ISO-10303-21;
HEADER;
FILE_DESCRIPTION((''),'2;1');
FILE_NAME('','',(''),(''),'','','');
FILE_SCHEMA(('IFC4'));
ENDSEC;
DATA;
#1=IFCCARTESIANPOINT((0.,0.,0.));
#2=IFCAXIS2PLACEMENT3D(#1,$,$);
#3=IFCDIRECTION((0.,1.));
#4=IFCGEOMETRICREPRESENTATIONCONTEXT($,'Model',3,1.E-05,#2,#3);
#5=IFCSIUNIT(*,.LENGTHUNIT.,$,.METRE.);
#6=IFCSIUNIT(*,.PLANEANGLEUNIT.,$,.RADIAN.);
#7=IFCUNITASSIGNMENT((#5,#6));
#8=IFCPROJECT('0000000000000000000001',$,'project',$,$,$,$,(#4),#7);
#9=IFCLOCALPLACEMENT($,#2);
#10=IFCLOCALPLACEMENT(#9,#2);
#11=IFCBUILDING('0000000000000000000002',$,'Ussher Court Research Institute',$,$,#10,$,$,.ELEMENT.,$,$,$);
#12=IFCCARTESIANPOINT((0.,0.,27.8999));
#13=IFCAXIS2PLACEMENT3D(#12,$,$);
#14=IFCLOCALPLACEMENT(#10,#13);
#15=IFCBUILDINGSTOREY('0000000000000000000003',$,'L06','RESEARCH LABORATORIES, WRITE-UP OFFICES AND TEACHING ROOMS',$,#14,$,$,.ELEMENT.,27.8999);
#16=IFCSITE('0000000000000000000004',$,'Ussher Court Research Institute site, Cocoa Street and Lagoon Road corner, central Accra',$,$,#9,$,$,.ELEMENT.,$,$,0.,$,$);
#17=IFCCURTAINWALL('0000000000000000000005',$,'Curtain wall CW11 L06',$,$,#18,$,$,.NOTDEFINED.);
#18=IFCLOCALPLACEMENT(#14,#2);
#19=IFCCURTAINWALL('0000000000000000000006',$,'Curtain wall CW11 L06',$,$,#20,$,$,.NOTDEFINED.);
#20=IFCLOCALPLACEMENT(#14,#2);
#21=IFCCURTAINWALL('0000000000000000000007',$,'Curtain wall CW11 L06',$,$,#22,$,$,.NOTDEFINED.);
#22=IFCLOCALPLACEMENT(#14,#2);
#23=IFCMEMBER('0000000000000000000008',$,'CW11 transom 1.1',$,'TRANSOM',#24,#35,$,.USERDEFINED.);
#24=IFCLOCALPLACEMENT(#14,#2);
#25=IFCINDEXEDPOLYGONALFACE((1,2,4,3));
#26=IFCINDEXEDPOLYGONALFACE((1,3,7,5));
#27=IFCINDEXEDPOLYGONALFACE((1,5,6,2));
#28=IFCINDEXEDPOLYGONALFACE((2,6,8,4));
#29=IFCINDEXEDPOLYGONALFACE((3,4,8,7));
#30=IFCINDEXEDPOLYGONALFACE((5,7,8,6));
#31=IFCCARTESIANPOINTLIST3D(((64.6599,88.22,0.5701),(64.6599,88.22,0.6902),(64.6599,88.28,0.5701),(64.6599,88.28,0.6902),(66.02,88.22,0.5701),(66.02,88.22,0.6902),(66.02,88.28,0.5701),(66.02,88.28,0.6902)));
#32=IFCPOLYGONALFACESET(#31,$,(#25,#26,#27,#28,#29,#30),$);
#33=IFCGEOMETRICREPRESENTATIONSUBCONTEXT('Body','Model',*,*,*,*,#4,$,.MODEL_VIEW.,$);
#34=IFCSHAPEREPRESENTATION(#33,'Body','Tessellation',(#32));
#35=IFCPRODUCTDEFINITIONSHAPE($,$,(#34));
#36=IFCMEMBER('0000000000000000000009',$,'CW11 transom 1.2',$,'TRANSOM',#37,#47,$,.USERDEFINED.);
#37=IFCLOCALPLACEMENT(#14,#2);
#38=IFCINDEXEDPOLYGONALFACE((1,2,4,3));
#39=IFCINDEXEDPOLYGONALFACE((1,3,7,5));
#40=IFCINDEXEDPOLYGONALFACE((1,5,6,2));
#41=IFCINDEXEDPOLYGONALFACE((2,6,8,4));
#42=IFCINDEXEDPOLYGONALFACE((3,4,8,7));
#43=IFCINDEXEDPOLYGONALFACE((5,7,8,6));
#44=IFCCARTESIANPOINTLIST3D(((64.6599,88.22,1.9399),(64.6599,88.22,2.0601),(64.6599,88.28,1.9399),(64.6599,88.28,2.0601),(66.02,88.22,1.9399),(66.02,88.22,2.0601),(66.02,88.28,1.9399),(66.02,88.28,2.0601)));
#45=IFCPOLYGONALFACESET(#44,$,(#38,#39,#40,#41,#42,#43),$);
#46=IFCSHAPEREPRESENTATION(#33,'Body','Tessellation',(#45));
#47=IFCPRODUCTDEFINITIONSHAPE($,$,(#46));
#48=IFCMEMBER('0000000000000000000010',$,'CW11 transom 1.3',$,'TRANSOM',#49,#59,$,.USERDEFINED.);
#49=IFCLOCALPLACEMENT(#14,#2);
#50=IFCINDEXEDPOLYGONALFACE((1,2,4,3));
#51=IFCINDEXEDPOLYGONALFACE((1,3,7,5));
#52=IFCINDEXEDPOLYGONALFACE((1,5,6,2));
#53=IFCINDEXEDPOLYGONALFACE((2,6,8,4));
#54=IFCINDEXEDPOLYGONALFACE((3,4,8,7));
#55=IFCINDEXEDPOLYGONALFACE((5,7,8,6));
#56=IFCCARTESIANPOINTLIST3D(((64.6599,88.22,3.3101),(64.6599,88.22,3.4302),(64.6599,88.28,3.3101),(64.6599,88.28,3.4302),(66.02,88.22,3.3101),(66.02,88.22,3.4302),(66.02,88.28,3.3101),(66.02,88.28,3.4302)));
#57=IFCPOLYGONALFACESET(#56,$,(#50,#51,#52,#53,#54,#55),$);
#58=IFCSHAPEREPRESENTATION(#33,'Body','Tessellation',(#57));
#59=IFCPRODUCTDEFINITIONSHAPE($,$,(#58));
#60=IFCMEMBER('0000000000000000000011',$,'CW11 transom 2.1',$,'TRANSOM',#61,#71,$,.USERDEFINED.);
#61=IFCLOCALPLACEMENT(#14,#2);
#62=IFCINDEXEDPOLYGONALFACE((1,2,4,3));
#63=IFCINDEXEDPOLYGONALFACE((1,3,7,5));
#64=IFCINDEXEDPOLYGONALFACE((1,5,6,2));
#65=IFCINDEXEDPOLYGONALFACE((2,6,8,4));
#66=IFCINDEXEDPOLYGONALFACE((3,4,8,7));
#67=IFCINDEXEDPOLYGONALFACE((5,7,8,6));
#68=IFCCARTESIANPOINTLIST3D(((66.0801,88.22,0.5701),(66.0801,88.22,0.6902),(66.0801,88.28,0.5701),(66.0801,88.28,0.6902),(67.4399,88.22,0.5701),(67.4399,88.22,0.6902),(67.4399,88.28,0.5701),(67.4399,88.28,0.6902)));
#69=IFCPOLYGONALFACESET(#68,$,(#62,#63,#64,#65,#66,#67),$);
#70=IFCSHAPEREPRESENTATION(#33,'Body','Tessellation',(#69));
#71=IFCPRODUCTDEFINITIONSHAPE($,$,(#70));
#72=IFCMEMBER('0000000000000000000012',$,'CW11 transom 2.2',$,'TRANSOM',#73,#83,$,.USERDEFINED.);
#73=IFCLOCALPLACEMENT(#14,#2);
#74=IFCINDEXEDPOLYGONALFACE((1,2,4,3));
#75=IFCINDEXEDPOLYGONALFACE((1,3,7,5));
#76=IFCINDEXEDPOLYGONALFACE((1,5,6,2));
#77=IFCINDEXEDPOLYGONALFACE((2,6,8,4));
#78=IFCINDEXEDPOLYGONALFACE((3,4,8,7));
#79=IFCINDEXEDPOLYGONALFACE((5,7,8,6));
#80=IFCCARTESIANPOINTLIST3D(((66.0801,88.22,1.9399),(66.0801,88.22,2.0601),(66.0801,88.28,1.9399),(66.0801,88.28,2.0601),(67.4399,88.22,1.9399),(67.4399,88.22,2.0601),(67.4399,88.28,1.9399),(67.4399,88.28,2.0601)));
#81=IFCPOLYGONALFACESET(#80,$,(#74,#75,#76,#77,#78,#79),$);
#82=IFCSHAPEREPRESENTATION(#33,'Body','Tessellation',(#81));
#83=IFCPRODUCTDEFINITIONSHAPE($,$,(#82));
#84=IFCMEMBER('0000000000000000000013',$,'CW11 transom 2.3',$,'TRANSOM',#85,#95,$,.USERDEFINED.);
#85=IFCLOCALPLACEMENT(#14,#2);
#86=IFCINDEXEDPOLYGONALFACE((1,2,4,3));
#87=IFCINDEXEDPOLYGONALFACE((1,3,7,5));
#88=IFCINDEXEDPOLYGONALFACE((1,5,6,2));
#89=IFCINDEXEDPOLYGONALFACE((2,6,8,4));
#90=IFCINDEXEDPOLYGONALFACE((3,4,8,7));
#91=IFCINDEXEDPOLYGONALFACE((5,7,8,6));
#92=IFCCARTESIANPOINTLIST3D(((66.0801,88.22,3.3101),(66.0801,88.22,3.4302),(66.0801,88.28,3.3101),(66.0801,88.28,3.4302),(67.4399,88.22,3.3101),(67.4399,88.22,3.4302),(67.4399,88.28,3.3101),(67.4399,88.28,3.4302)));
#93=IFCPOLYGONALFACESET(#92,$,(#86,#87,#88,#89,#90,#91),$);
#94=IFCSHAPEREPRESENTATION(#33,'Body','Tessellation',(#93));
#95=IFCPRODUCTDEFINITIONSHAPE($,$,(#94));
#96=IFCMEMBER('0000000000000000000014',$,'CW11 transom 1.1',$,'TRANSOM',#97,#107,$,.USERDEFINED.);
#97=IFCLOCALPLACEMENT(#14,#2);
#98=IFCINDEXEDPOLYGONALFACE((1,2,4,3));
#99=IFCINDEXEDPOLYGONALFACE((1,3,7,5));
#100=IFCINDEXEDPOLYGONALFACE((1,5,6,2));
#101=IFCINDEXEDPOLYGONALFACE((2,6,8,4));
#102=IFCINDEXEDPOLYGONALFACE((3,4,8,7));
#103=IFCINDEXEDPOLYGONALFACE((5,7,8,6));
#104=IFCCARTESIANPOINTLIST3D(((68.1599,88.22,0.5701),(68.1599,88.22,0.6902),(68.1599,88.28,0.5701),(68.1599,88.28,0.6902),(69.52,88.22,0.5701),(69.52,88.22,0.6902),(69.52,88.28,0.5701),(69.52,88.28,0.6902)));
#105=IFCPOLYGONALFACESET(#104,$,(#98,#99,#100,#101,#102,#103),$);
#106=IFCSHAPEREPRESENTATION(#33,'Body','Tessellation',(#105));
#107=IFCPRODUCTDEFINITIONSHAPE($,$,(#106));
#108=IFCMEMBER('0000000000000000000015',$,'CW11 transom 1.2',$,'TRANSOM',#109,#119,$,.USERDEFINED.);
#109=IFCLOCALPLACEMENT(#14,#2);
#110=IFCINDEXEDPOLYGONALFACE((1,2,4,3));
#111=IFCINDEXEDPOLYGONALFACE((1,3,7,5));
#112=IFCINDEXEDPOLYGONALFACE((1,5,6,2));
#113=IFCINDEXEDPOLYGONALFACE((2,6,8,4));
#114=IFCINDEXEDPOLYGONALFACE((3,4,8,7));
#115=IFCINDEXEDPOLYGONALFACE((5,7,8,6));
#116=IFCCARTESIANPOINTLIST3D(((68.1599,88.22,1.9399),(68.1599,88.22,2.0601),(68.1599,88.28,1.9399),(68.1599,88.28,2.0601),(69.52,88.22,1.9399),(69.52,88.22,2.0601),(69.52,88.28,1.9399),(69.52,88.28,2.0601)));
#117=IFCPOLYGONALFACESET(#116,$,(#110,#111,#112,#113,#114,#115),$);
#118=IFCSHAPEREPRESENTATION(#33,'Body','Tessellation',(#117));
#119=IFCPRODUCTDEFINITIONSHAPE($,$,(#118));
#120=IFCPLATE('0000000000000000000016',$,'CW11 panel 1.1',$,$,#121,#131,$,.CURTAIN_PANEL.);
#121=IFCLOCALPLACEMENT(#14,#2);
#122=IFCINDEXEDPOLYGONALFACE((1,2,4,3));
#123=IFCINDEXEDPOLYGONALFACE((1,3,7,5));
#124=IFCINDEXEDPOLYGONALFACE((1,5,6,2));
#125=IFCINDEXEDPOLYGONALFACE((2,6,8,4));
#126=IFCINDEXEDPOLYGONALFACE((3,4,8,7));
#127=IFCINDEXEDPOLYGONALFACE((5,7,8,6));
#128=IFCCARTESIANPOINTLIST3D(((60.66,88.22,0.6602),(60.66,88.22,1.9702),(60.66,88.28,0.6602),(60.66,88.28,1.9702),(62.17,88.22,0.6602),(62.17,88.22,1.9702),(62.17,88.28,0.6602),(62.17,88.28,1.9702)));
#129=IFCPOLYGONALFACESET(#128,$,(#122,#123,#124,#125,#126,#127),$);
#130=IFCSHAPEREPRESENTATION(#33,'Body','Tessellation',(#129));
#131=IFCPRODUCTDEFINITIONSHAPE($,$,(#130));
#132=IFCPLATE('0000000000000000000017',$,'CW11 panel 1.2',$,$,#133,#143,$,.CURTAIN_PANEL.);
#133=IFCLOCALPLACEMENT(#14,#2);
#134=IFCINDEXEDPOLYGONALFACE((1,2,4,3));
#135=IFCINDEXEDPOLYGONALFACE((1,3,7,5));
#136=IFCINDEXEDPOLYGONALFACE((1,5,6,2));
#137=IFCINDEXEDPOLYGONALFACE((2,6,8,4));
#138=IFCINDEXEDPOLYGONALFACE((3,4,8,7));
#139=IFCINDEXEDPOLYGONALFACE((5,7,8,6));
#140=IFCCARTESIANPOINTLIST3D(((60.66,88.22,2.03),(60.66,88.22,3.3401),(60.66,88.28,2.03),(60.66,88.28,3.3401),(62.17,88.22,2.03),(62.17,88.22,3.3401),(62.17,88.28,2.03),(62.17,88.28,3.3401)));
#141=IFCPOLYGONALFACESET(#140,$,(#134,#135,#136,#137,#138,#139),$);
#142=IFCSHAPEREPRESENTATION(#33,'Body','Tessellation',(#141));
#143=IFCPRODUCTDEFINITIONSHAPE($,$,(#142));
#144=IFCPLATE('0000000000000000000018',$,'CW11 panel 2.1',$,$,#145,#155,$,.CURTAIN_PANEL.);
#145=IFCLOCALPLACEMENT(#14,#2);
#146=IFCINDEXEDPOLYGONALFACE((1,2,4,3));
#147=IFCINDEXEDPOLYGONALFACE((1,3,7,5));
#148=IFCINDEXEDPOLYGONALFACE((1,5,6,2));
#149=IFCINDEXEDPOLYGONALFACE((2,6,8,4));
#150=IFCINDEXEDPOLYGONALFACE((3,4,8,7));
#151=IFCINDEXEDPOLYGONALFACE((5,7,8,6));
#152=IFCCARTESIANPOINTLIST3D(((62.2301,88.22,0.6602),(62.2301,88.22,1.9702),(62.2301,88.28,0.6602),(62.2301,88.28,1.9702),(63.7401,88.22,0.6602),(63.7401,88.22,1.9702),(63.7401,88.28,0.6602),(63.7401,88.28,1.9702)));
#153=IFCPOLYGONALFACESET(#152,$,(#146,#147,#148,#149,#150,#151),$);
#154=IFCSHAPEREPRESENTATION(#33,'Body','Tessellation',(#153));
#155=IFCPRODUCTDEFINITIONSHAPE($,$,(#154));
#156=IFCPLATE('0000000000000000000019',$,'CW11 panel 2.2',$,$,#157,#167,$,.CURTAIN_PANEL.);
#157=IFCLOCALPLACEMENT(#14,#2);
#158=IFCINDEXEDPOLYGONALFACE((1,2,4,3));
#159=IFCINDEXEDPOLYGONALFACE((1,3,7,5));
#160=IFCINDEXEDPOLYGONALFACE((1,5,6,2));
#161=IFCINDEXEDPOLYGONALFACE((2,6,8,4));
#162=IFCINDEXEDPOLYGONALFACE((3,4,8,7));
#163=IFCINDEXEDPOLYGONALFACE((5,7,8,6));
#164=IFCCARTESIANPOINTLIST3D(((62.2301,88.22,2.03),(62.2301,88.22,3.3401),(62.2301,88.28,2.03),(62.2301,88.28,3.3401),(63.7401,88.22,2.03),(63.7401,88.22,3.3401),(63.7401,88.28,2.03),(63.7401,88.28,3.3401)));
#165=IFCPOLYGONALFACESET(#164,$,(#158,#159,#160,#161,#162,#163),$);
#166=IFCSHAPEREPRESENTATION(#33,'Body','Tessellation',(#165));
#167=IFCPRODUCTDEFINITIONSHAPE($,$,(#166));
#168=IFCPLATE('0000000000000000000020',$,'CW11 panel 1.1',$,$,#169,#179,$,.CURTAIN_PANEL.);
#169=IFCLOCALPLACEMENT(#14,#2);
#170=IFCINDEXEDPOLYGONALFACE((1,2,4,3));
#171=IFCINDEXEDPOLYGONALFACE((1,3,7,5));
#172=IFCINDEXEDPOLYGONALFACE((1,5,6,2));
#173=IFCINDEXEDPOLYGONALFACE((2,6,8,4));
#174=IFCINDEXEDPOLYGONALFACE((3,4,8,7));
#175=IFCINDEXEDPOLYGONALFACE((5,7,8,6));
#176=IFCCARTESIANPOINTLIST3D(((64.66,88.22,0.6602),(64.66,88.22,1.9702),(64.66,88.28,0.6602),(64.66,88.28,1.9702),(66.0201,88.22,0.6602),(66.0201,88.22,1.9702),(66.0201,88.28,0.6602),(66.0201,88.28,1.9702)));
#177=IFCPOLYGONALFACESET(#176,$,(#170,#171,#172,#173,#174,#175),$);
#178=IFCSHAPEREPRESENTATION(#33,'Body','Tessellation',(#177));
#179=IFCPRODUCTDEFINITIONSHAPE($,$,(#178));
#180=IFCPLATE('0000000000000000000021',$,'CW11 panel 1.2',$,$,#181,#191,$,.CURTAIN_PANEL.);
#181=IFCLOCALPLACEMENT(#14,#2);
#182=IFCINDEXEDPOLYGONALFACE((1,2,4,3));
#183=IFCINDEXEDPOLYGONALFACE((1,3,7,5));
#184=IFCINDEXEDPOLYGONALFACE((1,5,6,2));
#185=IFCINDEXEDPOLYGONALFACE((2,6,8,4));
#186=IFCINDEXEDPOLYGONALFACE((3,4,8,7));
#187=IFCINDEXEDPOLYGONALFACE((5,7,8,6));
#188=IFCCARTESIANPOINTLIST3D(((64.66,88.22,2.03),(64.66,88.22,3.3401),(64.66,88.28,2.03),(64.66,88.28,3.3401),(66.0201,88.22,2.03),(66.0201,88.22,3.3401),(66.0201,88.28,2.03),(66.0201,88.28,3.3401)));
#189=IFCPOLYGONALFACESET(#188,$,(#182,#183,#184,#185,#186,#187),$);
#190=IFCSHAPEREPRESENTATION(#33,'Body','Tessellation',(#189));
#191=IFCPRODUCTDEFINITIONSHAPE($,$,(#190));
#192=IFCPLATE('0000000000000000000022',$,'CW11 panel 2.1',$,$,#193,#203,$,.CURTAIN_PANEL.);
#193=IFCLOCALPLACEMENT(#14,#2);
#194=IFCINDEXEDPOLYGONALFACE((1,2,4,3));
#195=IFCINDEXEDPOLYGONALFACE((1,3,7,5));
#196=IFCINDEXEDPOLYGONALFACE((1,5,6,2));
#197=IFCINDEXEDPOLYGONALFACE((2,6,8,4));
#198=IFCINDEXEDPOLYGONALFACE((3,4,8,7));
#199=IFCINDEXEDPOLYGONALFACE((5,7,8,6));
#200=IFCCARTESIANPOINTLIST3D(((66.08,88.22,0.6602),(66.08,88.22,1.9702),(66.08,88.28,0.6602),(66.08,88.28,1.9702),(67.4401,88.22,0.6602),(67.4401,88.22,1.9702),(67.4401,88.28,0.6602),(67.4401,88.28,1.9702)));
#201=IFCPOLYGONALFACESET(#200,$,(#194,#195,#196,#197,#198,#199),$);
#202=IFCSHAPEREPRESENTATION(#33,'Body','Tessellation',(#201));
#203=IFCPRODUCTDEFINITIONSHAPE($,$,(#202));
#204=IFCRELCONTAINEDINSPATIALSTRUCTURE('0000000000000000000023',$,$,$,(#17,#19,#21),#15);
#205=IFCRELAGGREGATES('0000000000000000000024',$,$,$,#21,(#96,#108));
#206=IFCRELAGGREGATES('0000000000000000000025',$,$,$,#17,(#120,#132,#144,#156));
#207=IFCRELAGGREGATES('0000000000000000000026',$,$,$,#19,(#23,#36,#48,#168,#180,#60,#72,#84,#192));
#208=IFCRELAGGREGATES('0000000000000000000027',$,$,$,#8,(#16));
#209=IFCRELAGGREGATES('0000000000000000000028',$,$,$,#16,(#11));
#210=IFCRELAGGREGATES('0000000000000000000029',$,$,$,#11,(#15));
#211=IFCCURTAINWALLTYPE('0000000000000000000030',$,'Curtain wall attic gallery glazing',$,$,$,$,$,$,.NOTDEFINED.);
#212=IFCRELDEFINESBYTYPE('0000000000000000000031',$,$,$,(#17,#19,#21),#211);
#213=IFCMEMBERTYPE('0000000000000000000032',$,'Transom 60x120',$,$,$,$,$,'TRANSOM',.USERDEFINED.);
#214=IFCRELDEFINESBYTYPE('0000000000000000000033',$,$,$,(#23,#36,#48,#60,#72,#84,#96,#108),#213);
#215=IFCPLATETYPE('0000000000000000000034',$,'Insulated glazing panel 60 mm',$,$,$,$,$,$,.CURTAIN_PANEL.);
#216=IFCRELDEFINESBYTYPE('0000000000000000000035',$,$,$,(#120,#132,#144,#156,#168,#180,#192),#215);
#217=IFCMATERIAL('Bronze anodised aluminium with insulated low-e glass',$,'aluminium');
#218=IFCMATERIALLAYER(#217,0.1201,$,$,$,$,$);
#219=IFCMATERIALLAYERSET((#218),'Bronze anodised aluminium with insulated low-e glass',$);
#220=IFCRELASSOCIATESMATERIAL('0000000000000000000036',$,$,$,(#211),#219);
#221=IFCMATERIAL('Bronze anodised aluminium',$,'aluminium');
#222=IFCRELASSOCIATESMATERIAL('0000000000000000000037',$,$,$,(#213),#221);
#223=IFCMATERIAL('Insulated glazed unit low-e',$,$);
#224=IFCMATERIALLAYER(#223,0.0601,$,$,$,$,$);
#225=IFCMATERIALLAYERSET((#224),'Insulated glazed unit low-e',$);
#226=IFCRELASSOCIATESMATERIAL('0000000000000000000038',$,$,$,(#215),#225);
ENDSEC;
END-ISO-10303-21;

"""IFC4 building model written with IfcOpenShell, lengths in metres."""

from ifc_helpers import new_model, si_unit, direction, frame, origin, origin_2d, place, context, subcontext, project, spatial, rectangle, extrude, material, layer, layer_set, material_profile, profile_set, type_object, element, aggregate, save


model = new_model("IFC4")

# Units and contexts
model_context = context("Model", 3, precision=1e-05, world=origin(), true_north=direction((0.0, 1.0)))
body_context = subcontext(model_context, "Body", "Model", "MODEL_VIEW")
ifc_project = project(units=[si_unit("LENGTHUNIT", "METRE"), si_unit("PLANEANGLEUNIT", "RADIAN")], contexts=[model_context])

# Site, building, storey
site_placement = place(None, origin())
site = spatial("IfcSite", under=ifc_project, at=site_placement, Name="Ussher Court Research Institute site, Cocoa Street and Lagoon Road corner, central Accra", CompositionType="ELEMENT", RefElevation=0.0)
building_placement = place(site_placement, origin())
building = spatial("IfcBuilding", under=site, at=building_placement, Name="Ussher Court Research Institute", CompositionType="ELEMENT")
storey_placement = place(building_placement, frame((0.0, 0.0, 27.8999)))
storey = spatial("IfcBuildingStorey", under=building, at=storey_placement, Name="L06", Description="RESEARCH LABORATORIES, WRITE-UP OFFICES AND TEACHING ROOMS", CompositionType="ELEMENT", Elevation=27.8999)

# Curtain walls
ifc_material_1 = material(Name="Bronze anodised aluminium with insulated low-e glass", Category="aluminium")
ifc_layer_1 = layer(ifc_material_1, 0.1201)
ifc_layer_set_1 = layer_set([ifc_layer_1], Name="Bronze anodised aluminium with insulated low-e glass")
curtain_wall_type = type_object("IfcCurtainWallType", Name="Curtain wall attic gallery glazing", PredefinedType="NOTDEFINED", material=ifc_layer_set_1)
curtain_wall_1_placement = place(storey_placement, origin())
curtain_wall_1 = element("IfcCurtainWall", 1, at=curtain_wall_1_placement, inside=storey, type_object=curtain_wall_type, Name="Curtain wall CW11 L06", PredefinedType="NOTDEFINED")
curtain_wall_2_placement = place(storey_placement, origin())
curtain_wall_2 = element("IfcCurtainWall", 2, at=curtain_wall_2_placement, inside=storey, type_object=curtain_wall_type, Name="Curtain wall CW11 L06", PredefinedType="NOTDEFINED")

# Curtain wall
curtain_wall_3_placement = place(storey_placement, origin())
curtain_wall_3 = element("IfcCurtainWall", 3, at=curtain_wall_3_placement, inside=storey, type_object=curtain_wall_type, Name="Curtain wall CW11 L06", PredefinedType="NOTDEFINED")

# Members
ifc_material_2 = material(Name="Bronze anodised aluminium", Category="aluminium")
ifc_material_profile_1 = material_profile(ifc_material_2, rectangle(XDim=0.0601, YDim=0.1201, at=origin_2d()), Name="Transom 60x120")
ifc_profile_set_1 = profile_set([ifc_material_profile_1], Name="Bronze anodised aluminium")
member_type_1 = type_object("IfcMemberType", Name="Transom 60x120", ElementType="TRANSOM", PredefinedType="USERDEFINED", material=ifc_profile_set_1)
member_1_placement = place(storey_placement, frame((64.6599, 88.25, 0.6301), z_axis=(1.0, 0.0, 0.0), x_axis=(0.0, 1.0, 0.0)))
member_1 = element("IfcMember", 4, at=member_1_placement, type_object=member_type_1, Name="CW11 transom 1.1", ObjectType="TRANSOM", PredefinedType="USERDEFINED", context=body_context, shape_type="SweptSolid", body=[
    extrude(rectangle(XDim=0.0601, YDim=0.1201, at=origin_2d()), origin(), (0.0, 0.0, 1.0), 1.3601),
])
member_2_placement = place(storey_placement, frame((64.6599, 88.25, 2.0), z_axis=(1.0, 0.0, 0.0), x_axis=(0.0, 1.0, 0.0)))
member_2 = element("IfcMember", 5, at=member_2_placement, type_object=member_type_1, Name="CW11 transom 1.2", ObjectType="TRANSOM", PredefinedType="USERDEFINED", context=body_context, shape_type="SweptSolid", body=[
    extrude(rectangle(XDim=0.0601, YDim=0.1201, at=origin_2d()), origin(), (0.0, 0.0, 1.0), 1.3601),
])
member_3_placement = place(storey_placement, frame((64.6599, 88.25, 3.3701), z_axis=(1.0, 0.0, 0.0), x_axis=(0.0, 1.0, 0.0)))
member_3 = element("IfcMember", 6, at=member_3_placement, type_object=member_type_1, Name="CW11 transom 1.3", ObjectType="TRANSOM", PredefinedType="USERDEFINED", context=body_context, shape_type="SweptSolid", body=[
    extrude(rectangle(XDim=0.0601, YDim=0.1201, at=origin_2d()), origin(), (0.0, 0.0, 1.0), 1.3601),
])
member_4_placement = place(storey_placement, frame((66.0801, 88.25, 0.6301), z_axis=(1.0, 0.0, 0.0), x_axis=(0.0, 1.0, 0.0)))
member_4 = element("IfcMember", 7, at=member_4_placement, type_object=member_type_1, Name="CW11 transom 2.1", ObjectType="TRANSOM", PredefinedType="USERDEFINED", context=body_context, shape_type="SweptSolid", body=[
    extrude(rectangle(XDim=0.0601, YDim=0.1201, at=origin_2d()), origin(), (0.0, 0.0, 1.0), 1.3599),
])
member_5_placement = place(storey_placement, frame((66.0801, 88.25, 2.0), z_axis=(1.0, 0.0, 0.0), x_axis=(0.0, 1.0, 0.0)))
member_5 = element("IfcMember", 8, at=member_5_placement, type_object=member_type_1, Name="CW11 transom 2.2", ObjectType="TRANSOM", PredefinedType="USERDEFINED", context=body_context, shape_type="SweptSolid", body=[
    extrude(rectangle(XDim=0.0601, YDim=0.1201, at=origin_2d()), origin(), (0.0, 0.0, 1.0), 1.3599),
])
member_6_placement = place(storey_placement, frame((66.0801, 88.25, 3.3701), z_axis=(1.0, 0.0, 0.0), x_axis=(0.0, 1.0, 0.0)))
member_6 = element("IfcMember", 9, at=member_6_placement, type_object=member_type_1, Name="CW11 transom 2.3", ObjectType="TRANSOM", PredefinedType="USERDEFINED", context=body_context, shape_type="SweptSolid", body=[
    extrude(rectangle(XDim=0.0601, YDim=0.1201, at=origin_2d()), origin(), (0.0, 0.0, 1.0), 1.3599),
])
member_7_placement = place(storey_placement, frame((68.1599, 88.25, 0.6301), z_axis=(1.0, 0.0, 0.0), x_axis=(0.0, 1.0, 0.0)))
member_7 = element("IfcMember", 10, at=member_7_placement, type_object=member_type_1, Name="CW11 transom 1.1", ObjectType="TRANSOM", PredefinedType="USERDEFINED", context=body_context, shape_type="SweptSolid", body=[
    extrude(rectangle(XDim=0.0601, YDim=0.1201, at=origin_2d()), origin(), (0.0, 0.0, 1.0), 1.3601),
])
member_8_placement = place(storey_placement, frame((68.1599, 88.25, 2.0), z_axis=(1.0, 0.0, 0.0), x_axis=(0.0, 1.0, 0.0)))
member_8 = element("IfcMember", 11, at=member_8_placement, type_object=member_type_1, Name="CW11 transom 1.2", ObjectType="TRANSOM", PredefinedType="USERDEFINED", context=body_context, shape_type="SweptSolid", body=[
    extrude(rectangle(XDim=0.0601, YDim=0.1201, at=origin_2d()), origin(), (0.0, 0.0, 1.0), 1.3601),
])
aggregate(curtain_wall_3, [member_7, member_8])

# Plates
ifc_material_3 = material(Name="Insulated glazed unit low-e")
ifc_layer_2 = layer(ifc_material_3, 0.0601)
ifc_layer_set_2 = layer_set([ifc_layer_2], Name="Insulated glazed unit low-e")
plate_type = type_object("IfcPlateType", Name="Insulated glazing panel 60 mm", PredefinedType="CURTAIN_PANEL", material=ifc_layer_set_2)
plate_1_placement = place(storey_placement, frame((61.415, 88.25, 0.6602), z_axis=(0.0, 0.0, 1.0), x_axis=(1.0, 0.0, 0.0)))
plate_1 = element("IfcPlate", 12, at=plate_1_placement, type_object=plate_type, Name="CW11 panel 1.1", PredefinedType="CURTAIN_PANEL", context=body_context, shape_type="SweptSolid", body=[
    extrude(rectangle(XDim=1.51, YDim=0.0601, at=origin_2d()), origin(), (0.0, 0.0, 1.0), 1.3101),
])
plate_2_placement = place(storey_placement, frame((61.415, 88.25, 2.03), z_axis=(0.0, 0.0, 1.0), x_axis=(1.0, 0.0, 0.0)))
plate_2 = element("IfcPlate", 13, at=plate_2_placement, type_object=plate_type, Name="CW11 panel 1.2", PredefinedType="CURTAIN_PANEL", context=body_context, shape_type="SweptSolid", body=[
    extrude(rectangle(XDim=1.51, YDim=0.0601, at=origin_2d()), origin(), (0.0, 0.0, 1.0), 1.3101),
])
plate_3_placement = place(storey_placement, frame((62.9851, 88.25, 0.6602), z_axis=(0.0, 0.0, 1.0), x_axis=(1.0, 0.0, 0.0)))
plate_3 = element("IfcPlate", 14, at=plate_3_placement, type_object=plate_type, Name="CW11 panel 2.1", PredefinedType="CURTAIN_PANEL", context=body_context, shape_type="SweptSolid", body=[
    extrude(rectangle(XDim=1.51, YDim=0.0601, at=origin_2d()), origin(), (0.0, 0.0, 1.0), 1.3101),
])
plate_4_placement = place(storey_placement, frame((62.9851, 88.25, 2.03), z_axis=(0.0, 0.0, 1.0), x_axis=(1.0, 0.0, 0.0)))
plate_4 = element("IfcPlate", 15, at=plate_4_placement, type_object=plate_type, Name="CW11 panel 2.2", PredefinedType="CURTAIN_PANEL", context=body_context, shape_type="SweptSolid", body=[
    extrude(rectangle(XDim=1.51, YDim=0.0601, at=origin_2d()), origin(), (0.0, 0.0, 1.0), 1.3101),
])
aggregate(curtain_wall_1, [plate_1, plate_2, plate_3, plate_4])
plate_5_placement = place(storey_placement, frame((65.3401, 88.25, 0.6602), z_axis=(0.0, 0.0, 1.0), x_axis=(1.0, 0.0, 0.0)))
plate_5 = element("IfcPlate", 16, at=plate_5_placement, type_object=plate_type, Name="CW11 panel 1.1", PredefinedType="CURTAIN_PANEL", context=body_context, shape_type="SweptSolid", body=[
    extrude(rectangle(XDim=1.3601, YDim=0.0601, at=origin_2d()), origin(), (0.0, 0.0, 1.0), 1.3101),
])
plate_6_placement = place(storey_placement, frame((65.3401, 88.25, 2.03), z_axis=(0.0, 0.0, 1.0), x_axis=(1.0, 0.0, 0.0)))
plate_6 = element("IfcPlate", 17, at=plate_6_placement, type_object=plate_type, Name="CW11 panel 1.2", PredefinedType="CURTAIN_PANEL", context=body_context, shape_type="SweptSolid", body=[
    extrude(rectangle(XDim=1.3601, YDim=0.0601, at=origin_2d()), origin(), (0.0, 0.0, 1.0), 1.3101),
])
plate_7_placement = place(storey_placement, frame((66.76, 88.25, 0.6602), z_axis=(0.0, 0.0, 1.0), x_axis=(1.0, 0.0, 0.0)))
plate_7 = element("IfcPlate", 18, at=plate_7_placement, type_object=plate_type, Name="CW11 panel 2.1", PredefinedType="CURTAIN_PANEL", context=body_context, shape_type="SweptSolid", body=[
    extrude(rectangle(XDim=1.3601, YDim=0.0601, at=origin_2d()), origin(), (0.0, 0.0, 1.0), 1.3101),
])
aggregate(curtain_wall_2, [member_1, member_2, member_3, plate_5, plate_6, member_4, member_5, member_6, plate_7])

save(model, "model.ifc")
